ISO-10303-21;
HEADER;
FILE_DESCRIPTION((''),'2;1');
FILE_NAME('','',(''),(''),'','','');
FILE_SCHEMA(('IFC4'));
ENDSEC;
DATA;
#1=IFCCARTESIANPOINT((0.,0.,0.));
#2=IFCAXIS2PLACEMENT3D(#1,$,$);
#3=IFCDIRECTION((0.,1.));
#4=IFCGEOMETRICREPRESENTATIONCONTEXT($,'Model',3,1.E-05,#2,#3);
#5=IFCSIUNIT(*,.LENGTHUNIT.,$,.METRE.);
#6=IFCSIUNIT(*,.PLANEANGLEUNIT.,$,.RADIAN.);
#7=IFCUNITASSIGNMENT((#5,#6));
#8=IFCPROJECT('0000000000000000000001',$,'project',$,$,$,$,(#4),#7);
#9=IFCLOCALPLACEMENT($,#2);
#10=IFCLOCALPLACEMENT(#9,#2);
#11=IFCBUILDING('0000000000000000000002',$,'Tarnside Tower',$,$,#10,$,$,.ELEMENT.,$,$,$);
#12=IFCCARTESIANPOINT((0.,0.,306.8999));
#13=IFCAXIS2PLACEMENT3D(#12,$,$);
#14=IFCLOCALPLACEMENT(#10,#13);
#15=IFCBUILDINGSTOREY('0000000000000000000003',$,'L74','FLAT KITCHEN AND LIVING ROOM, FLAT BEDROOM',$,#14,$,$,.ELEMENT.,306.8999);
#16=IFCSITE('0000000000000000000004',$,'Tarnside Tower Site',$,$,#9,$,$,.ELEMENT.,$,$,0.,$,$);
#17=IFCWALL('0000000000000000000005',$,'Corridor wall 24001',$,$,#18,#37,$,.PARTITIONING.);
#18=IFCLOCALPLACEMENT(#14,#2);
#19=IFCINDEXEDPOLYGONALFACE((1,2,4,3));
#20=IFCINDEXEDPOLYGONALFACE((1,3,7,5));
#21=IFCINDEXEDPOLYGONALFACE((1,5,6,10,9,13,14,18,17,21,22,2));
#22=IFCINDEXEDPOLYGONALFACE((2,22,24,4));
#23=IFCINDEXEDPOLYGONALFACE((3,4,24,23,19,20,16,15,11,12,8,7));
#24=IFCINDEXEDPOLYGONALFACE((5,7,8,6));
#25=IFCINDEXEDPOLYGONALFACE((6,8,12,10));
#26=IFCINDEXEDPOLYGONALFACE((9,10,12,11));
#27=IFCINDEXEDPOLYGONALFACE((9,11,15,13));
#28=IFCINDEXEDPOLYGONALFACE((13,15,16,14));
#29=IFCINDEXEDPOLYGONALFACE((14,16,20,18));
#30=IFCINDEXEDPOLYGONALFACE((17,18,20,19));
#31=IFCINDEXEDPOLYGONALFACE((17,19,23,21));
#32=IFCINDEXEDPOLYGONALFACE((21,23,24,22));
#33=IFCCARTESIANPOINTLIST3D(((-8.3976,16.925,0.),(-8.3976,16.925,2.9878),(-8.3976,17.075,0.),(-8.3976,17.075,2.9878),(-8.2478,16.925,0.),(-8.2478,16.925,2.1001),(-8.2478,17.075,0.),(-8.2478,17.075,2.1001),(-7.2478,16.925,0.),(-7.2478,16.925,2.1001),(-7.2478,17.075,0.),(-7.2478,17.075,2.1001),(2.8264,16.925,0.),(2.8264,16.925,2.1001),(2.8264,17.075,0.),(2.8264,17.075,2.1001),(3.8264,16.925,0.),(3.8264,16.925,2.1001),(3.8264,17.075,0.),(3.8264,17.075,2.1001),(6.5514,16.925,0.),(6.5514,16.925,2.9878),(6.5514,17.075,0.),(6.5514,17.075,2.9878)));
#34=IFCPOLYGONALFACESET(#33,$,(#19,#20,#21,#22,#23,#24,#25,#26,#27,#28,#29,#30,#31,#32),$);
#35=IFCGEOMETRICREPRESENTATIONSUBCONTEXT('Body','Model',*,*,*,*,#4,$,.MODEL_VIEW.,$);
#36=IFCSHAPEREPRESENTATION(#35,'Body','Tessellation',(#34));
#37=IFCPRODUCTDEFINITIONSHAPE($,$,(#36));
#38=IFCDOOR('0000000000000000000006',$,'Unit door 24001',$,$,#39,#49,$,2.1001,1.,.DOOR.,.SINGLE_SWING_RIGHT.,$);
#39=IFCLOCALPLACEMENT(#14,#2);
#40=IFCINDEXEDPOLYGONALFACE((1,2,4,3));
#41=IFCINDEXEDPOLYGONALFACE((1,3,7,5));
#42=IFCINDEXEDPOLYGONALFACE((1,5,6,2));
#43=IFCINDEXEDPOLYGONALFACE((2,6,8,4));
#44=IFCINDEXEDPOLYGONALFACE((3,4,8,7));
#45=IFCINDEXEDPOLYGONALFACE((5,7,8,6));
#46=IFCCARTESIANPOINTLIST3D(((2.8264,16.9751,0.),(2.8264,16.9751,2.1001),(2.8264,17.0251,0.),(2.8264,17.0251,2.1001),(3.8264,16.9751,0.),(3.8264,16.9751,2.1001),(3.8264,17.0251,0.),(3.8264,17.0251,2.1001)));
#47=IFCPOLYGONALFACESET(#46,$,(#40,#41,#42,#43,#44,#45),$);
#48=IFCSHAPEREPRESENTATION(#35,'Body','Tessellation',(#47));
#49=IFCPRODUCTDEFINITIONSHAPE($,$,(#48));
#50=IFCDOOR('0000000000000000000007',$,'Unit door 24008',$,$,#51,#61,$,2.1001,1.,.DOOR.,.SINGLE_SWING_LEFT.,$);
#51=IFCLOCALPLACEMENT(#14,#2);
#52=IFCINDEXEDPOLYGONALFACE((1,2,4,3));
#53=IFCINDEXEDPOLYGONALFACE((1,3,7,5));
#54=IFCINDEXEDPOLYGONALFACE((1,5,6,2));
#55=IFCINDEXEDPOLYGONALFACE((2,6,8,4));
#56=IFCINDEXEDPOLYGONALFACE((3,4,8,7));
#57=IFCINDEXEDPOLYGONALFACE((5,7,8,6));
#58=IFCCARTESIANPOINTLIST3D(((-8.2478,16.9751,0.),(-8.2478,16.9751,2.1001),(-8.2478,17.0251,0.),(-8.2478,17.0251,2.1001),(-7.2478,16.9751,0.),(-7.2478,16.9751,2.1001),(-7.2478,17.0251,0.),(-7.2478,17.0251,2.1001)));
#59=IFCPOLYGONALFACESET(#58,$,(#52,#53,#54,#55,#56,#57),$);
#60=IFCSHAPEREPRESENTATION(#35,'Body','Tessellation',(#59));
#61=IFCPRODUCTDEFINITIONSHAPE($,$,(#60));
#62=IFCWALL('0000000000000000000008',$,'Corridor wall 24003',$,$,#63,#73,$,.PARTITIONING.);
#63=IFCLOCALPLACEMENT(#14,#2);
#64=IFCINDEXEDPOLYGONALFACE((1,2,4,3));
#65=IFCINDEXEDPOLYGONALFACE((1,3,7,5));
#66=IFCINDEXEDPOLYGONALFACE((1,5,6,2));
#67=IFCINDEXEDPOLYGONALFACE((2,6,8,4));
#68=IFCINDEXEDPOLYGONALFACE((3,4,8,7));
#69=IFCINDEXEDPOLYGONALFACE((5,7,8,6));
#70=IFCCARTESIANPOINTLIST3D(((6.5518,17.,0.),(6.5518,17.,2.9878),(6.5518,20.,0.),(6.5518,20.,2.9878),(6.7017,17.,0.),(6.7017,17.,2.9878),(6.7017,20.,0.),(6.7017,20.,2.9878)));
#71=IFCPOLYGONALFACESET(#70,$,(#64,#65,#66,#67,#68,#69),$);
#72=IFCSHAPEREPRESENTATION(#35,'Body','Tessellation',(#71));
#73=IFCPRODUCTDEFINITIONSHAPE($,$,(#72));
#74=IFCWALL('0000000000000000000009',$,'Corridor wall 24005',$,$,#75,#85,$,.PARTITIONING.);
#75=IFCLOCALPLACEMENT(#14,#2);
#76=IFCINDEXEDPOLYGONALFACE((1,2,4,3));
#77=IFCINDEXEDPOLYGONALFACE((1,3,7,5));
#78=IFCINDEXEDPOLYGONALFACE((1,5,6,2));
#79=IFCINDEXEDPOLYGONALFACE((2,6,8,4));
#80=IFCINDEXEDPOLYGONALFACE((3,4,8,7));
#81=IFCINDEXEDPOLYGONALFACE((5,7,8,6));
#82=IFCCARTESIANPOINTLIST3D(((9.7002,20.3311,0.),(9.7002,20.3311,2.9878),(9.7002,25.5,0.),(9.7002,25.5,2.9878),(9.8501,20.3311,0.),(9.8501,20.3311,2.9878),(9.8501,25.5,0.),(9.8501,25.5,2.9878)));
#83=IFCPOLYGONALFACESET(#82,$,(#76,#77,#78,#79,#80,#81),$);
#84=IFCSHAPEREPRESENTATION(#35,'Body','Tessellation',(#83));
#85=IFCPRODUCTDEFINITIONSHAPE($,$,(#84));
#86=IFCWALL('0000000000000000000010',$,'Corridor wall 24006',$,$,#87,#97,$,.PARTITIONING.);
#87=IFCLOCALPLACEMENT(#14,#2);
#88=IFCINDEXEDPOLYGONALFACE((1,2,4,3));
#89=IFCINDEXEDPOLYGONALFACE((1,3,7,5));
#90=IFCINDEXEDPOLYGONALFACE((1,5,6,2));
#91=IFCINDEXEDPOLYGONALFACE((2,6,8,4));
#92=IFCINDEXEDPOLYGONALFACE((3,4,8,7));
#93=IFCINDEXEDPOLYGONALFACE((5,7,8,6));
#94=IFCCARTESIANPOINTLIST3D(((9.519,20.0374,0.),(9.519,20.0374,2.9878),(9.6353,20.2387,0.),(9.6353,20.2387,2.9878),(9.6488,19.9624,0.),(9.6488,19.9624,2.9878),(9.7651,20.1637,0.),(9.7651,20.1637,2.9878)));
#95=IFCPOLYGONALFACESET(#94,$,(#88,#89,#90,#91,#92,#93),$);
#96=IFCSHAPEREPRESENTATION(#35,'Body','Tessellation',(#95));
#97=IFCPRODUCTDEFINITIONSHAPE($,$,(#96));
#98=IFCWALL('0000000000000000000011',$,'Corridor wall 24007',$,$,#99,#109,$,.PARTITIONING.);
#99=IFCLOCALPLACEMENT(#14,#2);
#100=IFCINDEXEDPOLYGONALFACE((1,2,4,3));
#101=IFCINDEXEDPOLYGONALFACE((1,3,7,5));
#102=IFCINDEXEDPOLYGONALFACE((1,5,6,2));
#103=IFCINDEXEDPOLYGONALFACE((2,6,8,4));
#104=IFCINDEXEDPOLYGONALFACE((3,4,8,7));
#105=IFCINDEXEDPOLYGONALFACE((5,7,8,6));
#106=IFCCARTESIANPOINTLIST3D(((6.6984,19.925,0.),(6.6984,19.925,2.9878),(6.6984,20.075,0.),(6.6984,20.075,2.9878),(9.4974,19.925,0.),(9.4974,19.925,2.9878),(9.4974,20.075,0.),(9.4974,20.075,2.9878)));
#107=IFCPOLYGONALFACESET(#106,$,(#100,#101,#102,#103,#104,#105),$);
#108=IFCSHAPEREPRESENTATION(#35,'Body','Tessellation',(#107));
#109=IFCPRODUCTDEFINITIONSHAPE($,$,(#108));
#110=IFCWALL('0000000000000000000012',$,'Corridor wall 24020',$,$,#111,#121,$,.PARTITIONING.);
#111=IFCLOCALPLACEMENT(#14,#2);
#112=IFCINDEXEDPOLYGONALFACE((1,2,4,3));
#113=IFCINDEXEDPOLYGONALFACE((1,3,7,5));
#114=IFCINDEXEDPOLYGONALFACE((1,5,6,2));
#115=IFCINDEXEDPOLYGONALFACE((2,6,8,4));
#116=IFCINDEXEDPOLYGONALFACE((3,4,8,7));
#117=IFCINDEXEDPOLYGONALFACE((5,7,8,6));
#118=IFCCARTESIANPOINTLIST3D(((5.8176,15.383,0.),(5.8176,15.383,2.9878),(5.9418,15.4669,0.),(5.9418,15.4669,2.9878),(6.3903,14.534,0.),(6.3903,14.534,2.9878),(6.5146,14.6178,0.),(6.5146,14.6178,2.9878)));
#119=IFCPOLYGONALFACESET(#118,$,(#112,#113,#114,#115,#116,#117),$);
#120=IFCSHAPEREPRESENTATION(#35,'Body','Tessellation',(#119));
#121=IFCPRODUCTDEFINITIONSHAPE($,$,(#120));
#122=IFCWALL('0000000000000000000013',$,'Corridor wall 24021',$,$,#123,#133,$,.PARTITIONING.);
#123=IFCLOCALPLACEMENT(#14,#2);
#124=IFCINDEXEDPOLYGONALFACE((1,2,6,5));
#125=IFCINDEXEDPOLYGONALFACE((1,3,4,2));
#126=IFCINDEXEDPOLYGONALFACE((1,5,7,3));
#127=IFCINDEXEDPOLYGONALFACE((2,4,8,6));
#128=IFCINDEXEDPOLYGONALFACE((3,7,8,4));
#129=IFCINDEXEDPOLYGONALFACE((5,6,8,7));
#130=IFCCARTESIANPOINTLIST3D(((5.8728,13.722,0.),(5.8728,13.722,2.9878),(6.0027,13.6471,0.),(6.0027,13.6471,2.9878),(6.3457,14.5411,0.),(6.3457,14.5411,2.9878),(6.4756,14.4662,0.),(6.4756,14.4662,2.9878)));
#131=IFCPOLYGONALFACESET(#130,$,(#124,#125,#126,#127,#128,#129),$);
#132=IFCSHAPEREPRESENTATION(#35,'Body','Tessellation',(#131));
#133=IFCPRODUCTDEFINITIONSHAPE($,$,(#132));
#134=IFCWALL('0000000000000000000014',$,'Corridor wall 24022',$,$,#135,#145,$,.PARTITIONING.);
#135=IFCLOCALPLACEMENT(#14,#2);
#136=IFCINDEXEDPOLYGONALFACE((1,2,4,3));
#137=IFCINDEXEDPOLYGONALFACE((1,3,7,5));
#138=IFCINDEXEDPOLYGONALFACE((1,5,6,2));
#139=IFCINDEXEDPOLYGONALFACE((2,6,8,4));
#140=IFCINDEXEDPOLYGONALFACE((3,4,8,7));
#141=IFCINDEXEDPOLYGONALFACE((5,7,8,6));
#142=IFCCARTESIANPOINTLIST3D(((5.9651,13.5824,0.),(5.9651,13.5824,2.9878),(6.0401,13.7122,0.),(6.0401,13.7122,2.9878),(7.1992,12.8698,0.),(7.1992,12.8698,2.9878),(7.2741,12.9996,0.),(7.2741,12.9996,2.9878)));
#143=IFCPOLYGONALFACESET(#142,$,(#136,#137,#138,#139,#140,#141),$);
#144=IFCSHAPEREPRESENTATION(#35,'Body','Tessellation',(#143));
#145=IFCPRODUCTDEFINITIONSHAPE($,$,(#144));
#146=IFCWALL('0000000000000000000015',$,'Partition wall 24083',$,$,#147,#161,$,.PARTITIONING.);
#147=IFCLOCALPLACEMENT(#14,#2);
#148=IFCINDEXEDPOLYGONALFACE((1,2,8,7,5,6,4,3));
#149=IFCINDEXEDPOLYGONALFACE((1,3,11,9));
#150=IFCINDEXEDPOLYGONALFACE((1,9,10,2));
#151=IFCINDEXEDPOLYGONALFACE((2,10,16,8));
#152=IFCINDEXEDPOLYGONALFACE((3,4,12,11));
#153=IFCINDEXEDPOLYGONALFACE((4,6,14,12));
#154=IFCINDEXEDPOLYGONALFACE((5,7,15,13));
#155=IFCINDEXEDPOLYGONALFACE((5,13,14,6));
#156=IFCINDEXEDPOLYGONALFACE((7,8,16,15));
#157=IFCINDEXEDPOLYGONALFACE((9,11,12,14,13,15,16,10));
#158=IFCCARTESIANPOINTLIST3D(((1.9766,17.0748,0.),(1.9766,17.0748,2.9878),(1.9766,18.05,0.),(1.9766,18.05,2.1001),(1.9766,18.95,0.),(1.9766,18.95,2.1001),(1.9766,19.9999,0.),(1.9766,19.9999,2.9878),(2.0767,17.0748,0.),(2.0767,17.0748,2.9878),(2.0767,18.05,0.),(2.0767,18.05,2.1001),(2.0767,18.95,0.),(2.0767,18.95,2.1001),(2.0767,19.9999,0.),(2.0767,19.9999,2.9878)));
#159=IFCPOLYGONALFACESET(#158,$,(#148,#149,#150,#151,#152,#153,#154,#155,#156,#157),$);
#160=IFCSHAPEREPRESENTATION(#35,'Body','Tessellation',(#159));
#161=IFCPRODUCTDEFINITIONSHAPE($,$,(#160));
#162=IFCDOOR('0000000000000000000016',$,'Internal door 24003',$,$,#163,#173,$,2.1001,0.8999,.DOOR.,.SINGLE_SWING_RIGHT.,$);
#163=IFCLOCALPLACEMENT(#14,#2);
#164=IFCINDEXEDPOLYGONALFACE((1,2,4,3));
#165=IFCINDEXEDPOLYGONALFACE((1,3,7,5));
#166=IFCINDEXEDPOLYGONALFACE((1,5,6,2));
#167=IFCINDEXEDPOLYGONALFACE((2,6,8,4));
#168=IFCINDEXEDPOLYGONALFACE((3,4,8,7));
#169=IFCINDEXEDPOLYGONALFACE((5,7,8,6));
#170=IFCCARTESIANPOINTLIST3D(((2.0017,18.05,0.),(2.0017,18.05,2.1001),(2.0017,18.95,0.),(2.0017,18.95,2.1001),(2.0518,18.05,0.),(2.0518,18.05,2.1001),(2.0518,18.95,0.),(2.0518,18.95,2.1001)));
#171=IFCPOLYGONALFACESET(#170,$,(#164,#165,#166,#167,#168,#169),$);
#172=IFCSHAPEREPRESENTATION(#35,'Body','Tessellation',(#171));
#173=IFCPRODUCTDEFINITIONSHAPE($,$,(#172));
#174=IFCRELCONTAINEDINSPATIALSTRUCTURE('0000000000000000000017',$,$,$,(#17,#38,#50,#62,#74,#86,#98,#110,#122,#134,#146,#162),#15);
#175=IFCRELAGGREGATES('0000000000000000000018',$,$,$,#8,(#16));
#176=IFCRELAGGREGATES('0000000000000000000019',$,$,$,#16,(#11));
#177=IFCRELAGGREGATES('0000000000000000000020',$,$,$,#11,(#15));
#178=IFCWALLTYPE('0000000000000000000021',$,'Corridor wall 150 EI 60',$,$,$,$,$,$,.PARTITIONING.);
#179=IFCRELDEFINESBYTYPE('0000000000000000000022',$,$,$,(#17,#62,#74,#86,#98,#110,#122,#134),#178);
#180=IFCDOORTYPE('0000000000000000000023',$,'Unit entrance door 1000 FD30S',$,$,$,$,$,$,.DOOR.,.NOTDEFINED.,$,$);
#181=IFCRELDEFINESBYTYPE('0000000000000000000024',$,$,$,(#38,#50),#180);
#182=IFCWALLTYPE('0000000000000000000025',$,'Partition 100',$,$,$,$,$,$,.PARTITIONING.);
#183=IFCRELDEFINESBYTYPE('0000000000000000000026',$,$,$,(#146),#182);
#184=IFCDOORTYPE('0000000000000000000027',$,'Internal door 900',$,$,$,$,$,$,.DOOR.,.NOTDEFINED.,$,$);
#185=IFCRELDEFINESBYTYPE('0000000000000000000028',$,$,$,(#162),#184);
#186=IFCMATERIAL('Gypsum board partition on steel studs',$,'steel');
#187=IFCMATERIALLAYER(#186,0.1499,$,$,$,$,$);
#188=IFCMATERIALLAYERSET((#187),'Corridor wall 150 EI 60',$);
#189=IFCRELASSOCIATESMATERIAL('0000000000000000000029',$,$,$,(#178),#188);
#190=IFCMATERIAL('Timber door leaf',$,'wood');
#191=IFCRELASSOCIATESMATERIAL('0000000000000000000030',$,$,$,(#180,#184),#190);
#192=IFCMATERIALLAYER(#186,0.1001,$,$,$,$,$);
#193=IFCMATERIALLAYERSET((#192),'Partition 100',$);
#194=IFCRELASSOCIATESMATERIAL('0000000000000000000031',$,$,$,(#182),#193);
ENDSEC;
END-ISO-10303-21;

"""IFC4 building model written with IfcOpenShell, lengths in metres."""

from ifc_helpers import new_model, si_unit, direction, frame, frame_2d, origin, place, context, subcontext, project, spatial, rectangle, extrude, material, layer, layer_set, type_object, element, fill, save


model = new_model("IFC4")

# Units and contexts
model_context = context("Model", 3, precision=1e-05, world=origin(), true_north=direction((0.0, 1.0)))
body_context = subcontext(model_context, "Body", "Model", "MODEL_VIEW")
ifc_project = project(units=[si_unit("LENGTHUNIT", "METRE"), si_unit("PLANEANGLEUNIT", "RADIAN")], contexts=[model_context])

# Site, building, storey
site_placement = place(None, origin())
site = spatial("IfcSite", under=ifc_project, at=site_placement, Name="Tarnside Tower Site", CompositionType="ELEMENT", RefElevation=0.0)
building_placement = place(site_placement, origin())
building = spatial("IfcBuilding", under=site, at=building_placement, Name="Tarnside Tower", CompositionType="ELEMENT")
storey_placement = place(building_placement, frame((0.0, 0.0, 306.8999)))
storey = spatial("IfcBuildingStorey", under=building, at=storey_placement, Name="L74", Description="FLAT KITCHEN AND LIVING ROOM, FLAT BEDROOM", CompositionType="ELEMENT", Elevation=306.8999)

# Shared definitions
ifc_material_1 = material(Name="Gypsum board partition on steel studs", Category="steel")
ifc_material_2 = material(Name="Timber door leaf", Category="wood")

# Wall, openings, doors
ifc_layer_1 = layer(ifc_material_1, 0.1499)
ifc_layer_set_1 = layer_set([ifc_layer_1], Name="Corridor wall 150 EI 60")
wall_type_1 = type_object("IfcWallType", Name="Corridor wall 150 EI 60", PredefinedType="PARTITIONING", material=ifc_layer_set_1)
wall_1_placement = place(storey_placement, frame((6.5515, 17.0, 0.0), z_axis=(0.0, 0.0, 1.0), x_axis=(-1.0, 0.0, 0.0)))
wall_1 = element("IfcWall", 1, at=wall_1_placement, inside=storey, type_object=wall_type_1, Name="Corridor wall 24001", PredefinedType="PARTITIONING", context=body_context, shape_type="SweptSolid", body=[
    extrude(rectangle(XDim=14.949, YDim=0.1499, at=frame_2d((7.4746, 0.0))), origin(), (0.0, 0.0, 1.0), 2.9878),
])
opening_1_placement = place(wall_1_placement, frame((2.7251, 0.0, 0.0)))
opening_1 = element("IfcOpeningElement", 2, at=opening_1_placement, cuts=wall_1, PredefinedType="OPENING", context=body_context, shape_type="SweptSolid", body=[
    extrude(rectangle(XDim=1.0, YDim=2.1001, at=frame_2d((0.5, 1.05))), frame((0.0, 0.085, 0.0), z_axis=(0.0, -1.0, 0.0), x_axis=(1.0, 0.0, 0.0)), (0.0, 0.0, 1.0), 0.1699),
])
opening_2_placement = place(wall_1_placement, frame((13.7993, 0.0, 0.0)))
opening_2 = element("IfcOpeningElement", 3, at=opening_2_placement, cuts=wall_1, PredefinedType="OPENING", context=body_context, shape_type="SweptSolid", body=[
    extrude(rectangle(XDim=1.0, YDim=2.1001, at=frame_2d((0.5, 1.05))), frame((0.0, 0.085, 0.0), z_axis=(0.0, -1.0, 0.0), x_axis=(1.0, 0.0, 0.0)), (0.0, 0.0, 1.0), 0.1699),
])
door_type_1 = type_object("IfcDoorType", Name="Unit entrance door 1000 FD30S", OperationType="NOTDEFINED", PredefinedType="DOOR", material=ifc_material_2)
door_1_placement = place(opening_1_placement, origin())
door_1 = element("IfcDoor", 4, at=door_1_placement, inside=storey, type_object=door_type_1, Name="Unit door 24001", OperationType="SINGLE_SWING_RIGHT", OverallHeight=2.1001, OverallWidth=1.0, PredefinedType="DOOR", context=body_context, shape_type="SweptSolid", body=[
    extrude(rectangle(XDim=1.0, YDim=2.1001, at=frame_2d((0.5, 1.05))), frame((0.0, 0.0249, 0.0), z_axis=(0.0, -1.0, 0.0), x_axis=(1.0, 0.0, 0.0)), (0.0, 0.0, 1.0), 0.05),
])
fill(opening_1, door_1)
door_2_placement = place(opening_2_placement, origin())
door_2 = element("IfcDoor", 5, at=door_2_placement, inside=storey, type_object=door_type_1, Name="Unit door 24008", OperationType="SINGLE_SWING_LEFT", OverallHeight=2.1001, OverallWidth=1.0, PredefinedType="DOOR", context=body_context, shape_type="SweptSolid", body=[
    extrude(rectangle(XDim=1.0, YDim=2.1001, at=frame_2d((0.5, 1.05))), frame((0.0, 0.0249, 0.0), z_axis=(0.0, -1.0, 0.0), x_axis=(1.0, 0.0, 0.0)), (0.0, 0.0, 1.0), 0.05),
])
fill(opening_2, door_2)

# Walls
wall_2_placement = place(storey_placement, frame((6.6267, 20.0, 0.0), z_axis=(0.0, 0.0, 1.0), x_axis=(0.0, -1.0, 0.0)))
element("IfcWall", 6, at=wall_2_placement, inside=storey, type_object=wall_type_1, Name="Corridor wall 24003", PredefinedType="PARTITIONING", context=body_context, shape_type="SweptSolid", body=[
    extrude(rectangle(XDim=3.0, YDim=0.1499, at=frame_2d((1.5, 0.0))), origin(), (0.0, 0.0, 1.0), 2.9878),
])
wall_3_placement = place(storey_placement, frame((9.7751, 25.5, 0.0), z_axis=(0.0, 0.0, 1.0), x_axis=(0.0, -1.0, 0.0)))
element("IfcWall", 7, at=wall_3_placement, inside=storey, type_object=wall_type_1, Name="Corridor wall 24005", PredefinedType="PARTITIONING", context=body_context, shape_type="SweptSolid", body=[
    extrude(rectangle(XDim=5.1689, YDim=0.1499, at=frame_2d((2.5845, 0.0))), origin(), (0.0, 0.0, 1.0), 2.9878),
])
wall_4_placement = place(storey_placement, frame((9.7002, 20.2012, 0.0), z_axis=(0.0, 0.0, 1.0), x_axis=(-0.500208, -0.865906, 0.0)))
element("IfcWall", 8, at=wall_4_placement, inside=storey, type_object=wall_type_1, Name="Corridor wall 24006", PredefinedType="PARTITIONING", context=body_context, shape_type="SweptSolid", body=[
    extrude(rectangle(XDim=0.2324, YDim=0.1499, at=frame_2d((0.1162, 0.0))), origin(), (0.0, 0.0, 1.0), 2.9878),
])
wall_5_placement = place(storey_placement, frame((9.4973, 20.0, 0.0), z_axis=(0.0, 0.0, 1.0), x_axis=(-1.0, 0.0, 0.0)))
element("IfcWall", 9, at=wall_5_placement, inside=storey, type_object=wall_type_1, Name="Corridor wall 24007", PredefinedType="PARTITIONING", context=body_context, shape_type="SweptSolid", body=[
    extrude(rectangle(XDim=2.7991, YDim=0.1499, at=frame_2d((1.3994, 0.0))), origin(), (0.0, 0.0, 1.0), 2.9878),
])
wall_6_placement = place(storey_placement, frame((5.8796, 15.425, 0.0), z_axis=(0.0, 0.0, 1.0), x_axis=(0.559203, -0.829031, 0.0)))
element("IfcWall", 10, at=wall_6_placement, inside=storey, type_object=wall_type_1, Name="Corridor wall 24020", PredefinedType="PARTITIONING", context=body_context, shape_type="SweptSolid", body=[
    extrude(rectangle(XDim=1.0242, YDim=0.1499, at=frame_2d((0.5122, 0.0))), origin(), (0.0, 0.0, 1.0), 2.9878),
])
wall_7_placement = place(storey_placement, frame((6.4106, 14.5037, 0.0), z_axis=(0.0, 0.0, 1.0), x_axis=(-0.499998, -0.866027, 0.0)))
element("IfcWall", 11, at=wall_7_placement, inside=storey, type_object=wall_type_1, Name="Corridor wall 24021", PredefinedType="PARTITIONING", context=body_context, shape_type="SweptSolid", body=[
    extrude(rectangle(XDim=0.9458, YDim=0.1499, at=frame_2d((0.4729, 0.0))), origin(), (0.0, 0.0, 1.0), 2.9878),
])
wall_8_placement = place(storey_placement, frame((6.0027, 13.6472, 0.0), z_axis=(0.0, 0.0, 1.0), x_axis=(0.865989, -0.500064, 0.0)))
element("IfcWall", 12, at=wall_8_placement, inside=storey, type_object=wall_type_1, Name="Corridor wall 24022", PredefinedType="PARTITIONING", context=body_context, shape_type="SweptSolid", body=[
    extrude(rectangle(XDim=1.425, YDim=0.1499, at=frame_2d((0.7124, 0.0))), origin(), (0.0, 0.0, 1.0), 2.9878),
])

# Wall, opening, door
ifc_layer_2 = layer(ifc_material_1, 0.1001)
ifc_layer_set_2 = layer_set([ifc_layer_2], Name="Partition 100")
wall_type_2 = type_object("IfcWallType", Name="Partition 100", PredefinedType="PARTITIONING", material=ifc_layer_set_2)
wall_9_placement = place(storey_placement, frame((2.0266, 17.075, 0.0), z_axis=(0.0, 0.0, 1.0), x_axis=(0.0, 1.0, 0.0)))
wall_9 = element("IfcWall", 13, at=wall_9_placement, inside=storey, type_object=wall_type_2, Name="Partition wall 24083", PredefinedType="PARTITIONING", context=body_context, shape_type="SweptSolid", body=[
    extrude(rectangle(XDim=2.925, YDim=0.1001, at=frame_2d((1.4624, 0.0))), origin(), (0.0, 0.0, 1.0), 2.9878),
])
opening_3_placement = place(wall_9_placement, frame((0.9751, 0.0, 0.0)))
opening_3 = element("IfcOpeningElement", 14, at=opening_3_placement, cuts=wall_9, PredefinedType="OPENING", context=body_context, shape_type="SweptSolid", body=[
    extrude(rectangle(XDim=0.8999, YDim=2.1001, at=frame_2d((0.45, 1.05))), frame((0.0, 0.0601, 0.0), z_axis=(0.0, -1.0, 0.0), x_axis=(1.0, 0.0, 0.0)), (0.0, 0.0, 1.0), 0.1201),
])
door_type_2 = type_object("IfcDoorType", Name="Internal door 900", OperationType="NOTDEFINED", PredefinedType="DOOR", material=ifc_material_2)
door_3_placement = place(opening_3_placement, origin())
door_3 = element("IfcDoor", 15, at=door_3_placement, inside=storey, type_object=door_type_2, Name="Internal door 24003", OperationType="SINGLE_SWING_RIGHT", OverallHeight=2.1001, OverallWidth=0.8999, PredefinedType="DOOR", context=body_context, shape_type="SweptSolid", body=[
    extrude(rectangle(XDim=0.8999, YDim=2.1001, at=frame_2d((0.45, 1.05))), frame((0.0, 0.0249, 0.0), z_axis=(0.0, -1.0, 0.0), x_axis=(1.0, 0.0, 0.0)), (0.0, 0.0, 1.0), 0.05),
])
fill(opening_3, door_3)

save(model, "model.ifc")
